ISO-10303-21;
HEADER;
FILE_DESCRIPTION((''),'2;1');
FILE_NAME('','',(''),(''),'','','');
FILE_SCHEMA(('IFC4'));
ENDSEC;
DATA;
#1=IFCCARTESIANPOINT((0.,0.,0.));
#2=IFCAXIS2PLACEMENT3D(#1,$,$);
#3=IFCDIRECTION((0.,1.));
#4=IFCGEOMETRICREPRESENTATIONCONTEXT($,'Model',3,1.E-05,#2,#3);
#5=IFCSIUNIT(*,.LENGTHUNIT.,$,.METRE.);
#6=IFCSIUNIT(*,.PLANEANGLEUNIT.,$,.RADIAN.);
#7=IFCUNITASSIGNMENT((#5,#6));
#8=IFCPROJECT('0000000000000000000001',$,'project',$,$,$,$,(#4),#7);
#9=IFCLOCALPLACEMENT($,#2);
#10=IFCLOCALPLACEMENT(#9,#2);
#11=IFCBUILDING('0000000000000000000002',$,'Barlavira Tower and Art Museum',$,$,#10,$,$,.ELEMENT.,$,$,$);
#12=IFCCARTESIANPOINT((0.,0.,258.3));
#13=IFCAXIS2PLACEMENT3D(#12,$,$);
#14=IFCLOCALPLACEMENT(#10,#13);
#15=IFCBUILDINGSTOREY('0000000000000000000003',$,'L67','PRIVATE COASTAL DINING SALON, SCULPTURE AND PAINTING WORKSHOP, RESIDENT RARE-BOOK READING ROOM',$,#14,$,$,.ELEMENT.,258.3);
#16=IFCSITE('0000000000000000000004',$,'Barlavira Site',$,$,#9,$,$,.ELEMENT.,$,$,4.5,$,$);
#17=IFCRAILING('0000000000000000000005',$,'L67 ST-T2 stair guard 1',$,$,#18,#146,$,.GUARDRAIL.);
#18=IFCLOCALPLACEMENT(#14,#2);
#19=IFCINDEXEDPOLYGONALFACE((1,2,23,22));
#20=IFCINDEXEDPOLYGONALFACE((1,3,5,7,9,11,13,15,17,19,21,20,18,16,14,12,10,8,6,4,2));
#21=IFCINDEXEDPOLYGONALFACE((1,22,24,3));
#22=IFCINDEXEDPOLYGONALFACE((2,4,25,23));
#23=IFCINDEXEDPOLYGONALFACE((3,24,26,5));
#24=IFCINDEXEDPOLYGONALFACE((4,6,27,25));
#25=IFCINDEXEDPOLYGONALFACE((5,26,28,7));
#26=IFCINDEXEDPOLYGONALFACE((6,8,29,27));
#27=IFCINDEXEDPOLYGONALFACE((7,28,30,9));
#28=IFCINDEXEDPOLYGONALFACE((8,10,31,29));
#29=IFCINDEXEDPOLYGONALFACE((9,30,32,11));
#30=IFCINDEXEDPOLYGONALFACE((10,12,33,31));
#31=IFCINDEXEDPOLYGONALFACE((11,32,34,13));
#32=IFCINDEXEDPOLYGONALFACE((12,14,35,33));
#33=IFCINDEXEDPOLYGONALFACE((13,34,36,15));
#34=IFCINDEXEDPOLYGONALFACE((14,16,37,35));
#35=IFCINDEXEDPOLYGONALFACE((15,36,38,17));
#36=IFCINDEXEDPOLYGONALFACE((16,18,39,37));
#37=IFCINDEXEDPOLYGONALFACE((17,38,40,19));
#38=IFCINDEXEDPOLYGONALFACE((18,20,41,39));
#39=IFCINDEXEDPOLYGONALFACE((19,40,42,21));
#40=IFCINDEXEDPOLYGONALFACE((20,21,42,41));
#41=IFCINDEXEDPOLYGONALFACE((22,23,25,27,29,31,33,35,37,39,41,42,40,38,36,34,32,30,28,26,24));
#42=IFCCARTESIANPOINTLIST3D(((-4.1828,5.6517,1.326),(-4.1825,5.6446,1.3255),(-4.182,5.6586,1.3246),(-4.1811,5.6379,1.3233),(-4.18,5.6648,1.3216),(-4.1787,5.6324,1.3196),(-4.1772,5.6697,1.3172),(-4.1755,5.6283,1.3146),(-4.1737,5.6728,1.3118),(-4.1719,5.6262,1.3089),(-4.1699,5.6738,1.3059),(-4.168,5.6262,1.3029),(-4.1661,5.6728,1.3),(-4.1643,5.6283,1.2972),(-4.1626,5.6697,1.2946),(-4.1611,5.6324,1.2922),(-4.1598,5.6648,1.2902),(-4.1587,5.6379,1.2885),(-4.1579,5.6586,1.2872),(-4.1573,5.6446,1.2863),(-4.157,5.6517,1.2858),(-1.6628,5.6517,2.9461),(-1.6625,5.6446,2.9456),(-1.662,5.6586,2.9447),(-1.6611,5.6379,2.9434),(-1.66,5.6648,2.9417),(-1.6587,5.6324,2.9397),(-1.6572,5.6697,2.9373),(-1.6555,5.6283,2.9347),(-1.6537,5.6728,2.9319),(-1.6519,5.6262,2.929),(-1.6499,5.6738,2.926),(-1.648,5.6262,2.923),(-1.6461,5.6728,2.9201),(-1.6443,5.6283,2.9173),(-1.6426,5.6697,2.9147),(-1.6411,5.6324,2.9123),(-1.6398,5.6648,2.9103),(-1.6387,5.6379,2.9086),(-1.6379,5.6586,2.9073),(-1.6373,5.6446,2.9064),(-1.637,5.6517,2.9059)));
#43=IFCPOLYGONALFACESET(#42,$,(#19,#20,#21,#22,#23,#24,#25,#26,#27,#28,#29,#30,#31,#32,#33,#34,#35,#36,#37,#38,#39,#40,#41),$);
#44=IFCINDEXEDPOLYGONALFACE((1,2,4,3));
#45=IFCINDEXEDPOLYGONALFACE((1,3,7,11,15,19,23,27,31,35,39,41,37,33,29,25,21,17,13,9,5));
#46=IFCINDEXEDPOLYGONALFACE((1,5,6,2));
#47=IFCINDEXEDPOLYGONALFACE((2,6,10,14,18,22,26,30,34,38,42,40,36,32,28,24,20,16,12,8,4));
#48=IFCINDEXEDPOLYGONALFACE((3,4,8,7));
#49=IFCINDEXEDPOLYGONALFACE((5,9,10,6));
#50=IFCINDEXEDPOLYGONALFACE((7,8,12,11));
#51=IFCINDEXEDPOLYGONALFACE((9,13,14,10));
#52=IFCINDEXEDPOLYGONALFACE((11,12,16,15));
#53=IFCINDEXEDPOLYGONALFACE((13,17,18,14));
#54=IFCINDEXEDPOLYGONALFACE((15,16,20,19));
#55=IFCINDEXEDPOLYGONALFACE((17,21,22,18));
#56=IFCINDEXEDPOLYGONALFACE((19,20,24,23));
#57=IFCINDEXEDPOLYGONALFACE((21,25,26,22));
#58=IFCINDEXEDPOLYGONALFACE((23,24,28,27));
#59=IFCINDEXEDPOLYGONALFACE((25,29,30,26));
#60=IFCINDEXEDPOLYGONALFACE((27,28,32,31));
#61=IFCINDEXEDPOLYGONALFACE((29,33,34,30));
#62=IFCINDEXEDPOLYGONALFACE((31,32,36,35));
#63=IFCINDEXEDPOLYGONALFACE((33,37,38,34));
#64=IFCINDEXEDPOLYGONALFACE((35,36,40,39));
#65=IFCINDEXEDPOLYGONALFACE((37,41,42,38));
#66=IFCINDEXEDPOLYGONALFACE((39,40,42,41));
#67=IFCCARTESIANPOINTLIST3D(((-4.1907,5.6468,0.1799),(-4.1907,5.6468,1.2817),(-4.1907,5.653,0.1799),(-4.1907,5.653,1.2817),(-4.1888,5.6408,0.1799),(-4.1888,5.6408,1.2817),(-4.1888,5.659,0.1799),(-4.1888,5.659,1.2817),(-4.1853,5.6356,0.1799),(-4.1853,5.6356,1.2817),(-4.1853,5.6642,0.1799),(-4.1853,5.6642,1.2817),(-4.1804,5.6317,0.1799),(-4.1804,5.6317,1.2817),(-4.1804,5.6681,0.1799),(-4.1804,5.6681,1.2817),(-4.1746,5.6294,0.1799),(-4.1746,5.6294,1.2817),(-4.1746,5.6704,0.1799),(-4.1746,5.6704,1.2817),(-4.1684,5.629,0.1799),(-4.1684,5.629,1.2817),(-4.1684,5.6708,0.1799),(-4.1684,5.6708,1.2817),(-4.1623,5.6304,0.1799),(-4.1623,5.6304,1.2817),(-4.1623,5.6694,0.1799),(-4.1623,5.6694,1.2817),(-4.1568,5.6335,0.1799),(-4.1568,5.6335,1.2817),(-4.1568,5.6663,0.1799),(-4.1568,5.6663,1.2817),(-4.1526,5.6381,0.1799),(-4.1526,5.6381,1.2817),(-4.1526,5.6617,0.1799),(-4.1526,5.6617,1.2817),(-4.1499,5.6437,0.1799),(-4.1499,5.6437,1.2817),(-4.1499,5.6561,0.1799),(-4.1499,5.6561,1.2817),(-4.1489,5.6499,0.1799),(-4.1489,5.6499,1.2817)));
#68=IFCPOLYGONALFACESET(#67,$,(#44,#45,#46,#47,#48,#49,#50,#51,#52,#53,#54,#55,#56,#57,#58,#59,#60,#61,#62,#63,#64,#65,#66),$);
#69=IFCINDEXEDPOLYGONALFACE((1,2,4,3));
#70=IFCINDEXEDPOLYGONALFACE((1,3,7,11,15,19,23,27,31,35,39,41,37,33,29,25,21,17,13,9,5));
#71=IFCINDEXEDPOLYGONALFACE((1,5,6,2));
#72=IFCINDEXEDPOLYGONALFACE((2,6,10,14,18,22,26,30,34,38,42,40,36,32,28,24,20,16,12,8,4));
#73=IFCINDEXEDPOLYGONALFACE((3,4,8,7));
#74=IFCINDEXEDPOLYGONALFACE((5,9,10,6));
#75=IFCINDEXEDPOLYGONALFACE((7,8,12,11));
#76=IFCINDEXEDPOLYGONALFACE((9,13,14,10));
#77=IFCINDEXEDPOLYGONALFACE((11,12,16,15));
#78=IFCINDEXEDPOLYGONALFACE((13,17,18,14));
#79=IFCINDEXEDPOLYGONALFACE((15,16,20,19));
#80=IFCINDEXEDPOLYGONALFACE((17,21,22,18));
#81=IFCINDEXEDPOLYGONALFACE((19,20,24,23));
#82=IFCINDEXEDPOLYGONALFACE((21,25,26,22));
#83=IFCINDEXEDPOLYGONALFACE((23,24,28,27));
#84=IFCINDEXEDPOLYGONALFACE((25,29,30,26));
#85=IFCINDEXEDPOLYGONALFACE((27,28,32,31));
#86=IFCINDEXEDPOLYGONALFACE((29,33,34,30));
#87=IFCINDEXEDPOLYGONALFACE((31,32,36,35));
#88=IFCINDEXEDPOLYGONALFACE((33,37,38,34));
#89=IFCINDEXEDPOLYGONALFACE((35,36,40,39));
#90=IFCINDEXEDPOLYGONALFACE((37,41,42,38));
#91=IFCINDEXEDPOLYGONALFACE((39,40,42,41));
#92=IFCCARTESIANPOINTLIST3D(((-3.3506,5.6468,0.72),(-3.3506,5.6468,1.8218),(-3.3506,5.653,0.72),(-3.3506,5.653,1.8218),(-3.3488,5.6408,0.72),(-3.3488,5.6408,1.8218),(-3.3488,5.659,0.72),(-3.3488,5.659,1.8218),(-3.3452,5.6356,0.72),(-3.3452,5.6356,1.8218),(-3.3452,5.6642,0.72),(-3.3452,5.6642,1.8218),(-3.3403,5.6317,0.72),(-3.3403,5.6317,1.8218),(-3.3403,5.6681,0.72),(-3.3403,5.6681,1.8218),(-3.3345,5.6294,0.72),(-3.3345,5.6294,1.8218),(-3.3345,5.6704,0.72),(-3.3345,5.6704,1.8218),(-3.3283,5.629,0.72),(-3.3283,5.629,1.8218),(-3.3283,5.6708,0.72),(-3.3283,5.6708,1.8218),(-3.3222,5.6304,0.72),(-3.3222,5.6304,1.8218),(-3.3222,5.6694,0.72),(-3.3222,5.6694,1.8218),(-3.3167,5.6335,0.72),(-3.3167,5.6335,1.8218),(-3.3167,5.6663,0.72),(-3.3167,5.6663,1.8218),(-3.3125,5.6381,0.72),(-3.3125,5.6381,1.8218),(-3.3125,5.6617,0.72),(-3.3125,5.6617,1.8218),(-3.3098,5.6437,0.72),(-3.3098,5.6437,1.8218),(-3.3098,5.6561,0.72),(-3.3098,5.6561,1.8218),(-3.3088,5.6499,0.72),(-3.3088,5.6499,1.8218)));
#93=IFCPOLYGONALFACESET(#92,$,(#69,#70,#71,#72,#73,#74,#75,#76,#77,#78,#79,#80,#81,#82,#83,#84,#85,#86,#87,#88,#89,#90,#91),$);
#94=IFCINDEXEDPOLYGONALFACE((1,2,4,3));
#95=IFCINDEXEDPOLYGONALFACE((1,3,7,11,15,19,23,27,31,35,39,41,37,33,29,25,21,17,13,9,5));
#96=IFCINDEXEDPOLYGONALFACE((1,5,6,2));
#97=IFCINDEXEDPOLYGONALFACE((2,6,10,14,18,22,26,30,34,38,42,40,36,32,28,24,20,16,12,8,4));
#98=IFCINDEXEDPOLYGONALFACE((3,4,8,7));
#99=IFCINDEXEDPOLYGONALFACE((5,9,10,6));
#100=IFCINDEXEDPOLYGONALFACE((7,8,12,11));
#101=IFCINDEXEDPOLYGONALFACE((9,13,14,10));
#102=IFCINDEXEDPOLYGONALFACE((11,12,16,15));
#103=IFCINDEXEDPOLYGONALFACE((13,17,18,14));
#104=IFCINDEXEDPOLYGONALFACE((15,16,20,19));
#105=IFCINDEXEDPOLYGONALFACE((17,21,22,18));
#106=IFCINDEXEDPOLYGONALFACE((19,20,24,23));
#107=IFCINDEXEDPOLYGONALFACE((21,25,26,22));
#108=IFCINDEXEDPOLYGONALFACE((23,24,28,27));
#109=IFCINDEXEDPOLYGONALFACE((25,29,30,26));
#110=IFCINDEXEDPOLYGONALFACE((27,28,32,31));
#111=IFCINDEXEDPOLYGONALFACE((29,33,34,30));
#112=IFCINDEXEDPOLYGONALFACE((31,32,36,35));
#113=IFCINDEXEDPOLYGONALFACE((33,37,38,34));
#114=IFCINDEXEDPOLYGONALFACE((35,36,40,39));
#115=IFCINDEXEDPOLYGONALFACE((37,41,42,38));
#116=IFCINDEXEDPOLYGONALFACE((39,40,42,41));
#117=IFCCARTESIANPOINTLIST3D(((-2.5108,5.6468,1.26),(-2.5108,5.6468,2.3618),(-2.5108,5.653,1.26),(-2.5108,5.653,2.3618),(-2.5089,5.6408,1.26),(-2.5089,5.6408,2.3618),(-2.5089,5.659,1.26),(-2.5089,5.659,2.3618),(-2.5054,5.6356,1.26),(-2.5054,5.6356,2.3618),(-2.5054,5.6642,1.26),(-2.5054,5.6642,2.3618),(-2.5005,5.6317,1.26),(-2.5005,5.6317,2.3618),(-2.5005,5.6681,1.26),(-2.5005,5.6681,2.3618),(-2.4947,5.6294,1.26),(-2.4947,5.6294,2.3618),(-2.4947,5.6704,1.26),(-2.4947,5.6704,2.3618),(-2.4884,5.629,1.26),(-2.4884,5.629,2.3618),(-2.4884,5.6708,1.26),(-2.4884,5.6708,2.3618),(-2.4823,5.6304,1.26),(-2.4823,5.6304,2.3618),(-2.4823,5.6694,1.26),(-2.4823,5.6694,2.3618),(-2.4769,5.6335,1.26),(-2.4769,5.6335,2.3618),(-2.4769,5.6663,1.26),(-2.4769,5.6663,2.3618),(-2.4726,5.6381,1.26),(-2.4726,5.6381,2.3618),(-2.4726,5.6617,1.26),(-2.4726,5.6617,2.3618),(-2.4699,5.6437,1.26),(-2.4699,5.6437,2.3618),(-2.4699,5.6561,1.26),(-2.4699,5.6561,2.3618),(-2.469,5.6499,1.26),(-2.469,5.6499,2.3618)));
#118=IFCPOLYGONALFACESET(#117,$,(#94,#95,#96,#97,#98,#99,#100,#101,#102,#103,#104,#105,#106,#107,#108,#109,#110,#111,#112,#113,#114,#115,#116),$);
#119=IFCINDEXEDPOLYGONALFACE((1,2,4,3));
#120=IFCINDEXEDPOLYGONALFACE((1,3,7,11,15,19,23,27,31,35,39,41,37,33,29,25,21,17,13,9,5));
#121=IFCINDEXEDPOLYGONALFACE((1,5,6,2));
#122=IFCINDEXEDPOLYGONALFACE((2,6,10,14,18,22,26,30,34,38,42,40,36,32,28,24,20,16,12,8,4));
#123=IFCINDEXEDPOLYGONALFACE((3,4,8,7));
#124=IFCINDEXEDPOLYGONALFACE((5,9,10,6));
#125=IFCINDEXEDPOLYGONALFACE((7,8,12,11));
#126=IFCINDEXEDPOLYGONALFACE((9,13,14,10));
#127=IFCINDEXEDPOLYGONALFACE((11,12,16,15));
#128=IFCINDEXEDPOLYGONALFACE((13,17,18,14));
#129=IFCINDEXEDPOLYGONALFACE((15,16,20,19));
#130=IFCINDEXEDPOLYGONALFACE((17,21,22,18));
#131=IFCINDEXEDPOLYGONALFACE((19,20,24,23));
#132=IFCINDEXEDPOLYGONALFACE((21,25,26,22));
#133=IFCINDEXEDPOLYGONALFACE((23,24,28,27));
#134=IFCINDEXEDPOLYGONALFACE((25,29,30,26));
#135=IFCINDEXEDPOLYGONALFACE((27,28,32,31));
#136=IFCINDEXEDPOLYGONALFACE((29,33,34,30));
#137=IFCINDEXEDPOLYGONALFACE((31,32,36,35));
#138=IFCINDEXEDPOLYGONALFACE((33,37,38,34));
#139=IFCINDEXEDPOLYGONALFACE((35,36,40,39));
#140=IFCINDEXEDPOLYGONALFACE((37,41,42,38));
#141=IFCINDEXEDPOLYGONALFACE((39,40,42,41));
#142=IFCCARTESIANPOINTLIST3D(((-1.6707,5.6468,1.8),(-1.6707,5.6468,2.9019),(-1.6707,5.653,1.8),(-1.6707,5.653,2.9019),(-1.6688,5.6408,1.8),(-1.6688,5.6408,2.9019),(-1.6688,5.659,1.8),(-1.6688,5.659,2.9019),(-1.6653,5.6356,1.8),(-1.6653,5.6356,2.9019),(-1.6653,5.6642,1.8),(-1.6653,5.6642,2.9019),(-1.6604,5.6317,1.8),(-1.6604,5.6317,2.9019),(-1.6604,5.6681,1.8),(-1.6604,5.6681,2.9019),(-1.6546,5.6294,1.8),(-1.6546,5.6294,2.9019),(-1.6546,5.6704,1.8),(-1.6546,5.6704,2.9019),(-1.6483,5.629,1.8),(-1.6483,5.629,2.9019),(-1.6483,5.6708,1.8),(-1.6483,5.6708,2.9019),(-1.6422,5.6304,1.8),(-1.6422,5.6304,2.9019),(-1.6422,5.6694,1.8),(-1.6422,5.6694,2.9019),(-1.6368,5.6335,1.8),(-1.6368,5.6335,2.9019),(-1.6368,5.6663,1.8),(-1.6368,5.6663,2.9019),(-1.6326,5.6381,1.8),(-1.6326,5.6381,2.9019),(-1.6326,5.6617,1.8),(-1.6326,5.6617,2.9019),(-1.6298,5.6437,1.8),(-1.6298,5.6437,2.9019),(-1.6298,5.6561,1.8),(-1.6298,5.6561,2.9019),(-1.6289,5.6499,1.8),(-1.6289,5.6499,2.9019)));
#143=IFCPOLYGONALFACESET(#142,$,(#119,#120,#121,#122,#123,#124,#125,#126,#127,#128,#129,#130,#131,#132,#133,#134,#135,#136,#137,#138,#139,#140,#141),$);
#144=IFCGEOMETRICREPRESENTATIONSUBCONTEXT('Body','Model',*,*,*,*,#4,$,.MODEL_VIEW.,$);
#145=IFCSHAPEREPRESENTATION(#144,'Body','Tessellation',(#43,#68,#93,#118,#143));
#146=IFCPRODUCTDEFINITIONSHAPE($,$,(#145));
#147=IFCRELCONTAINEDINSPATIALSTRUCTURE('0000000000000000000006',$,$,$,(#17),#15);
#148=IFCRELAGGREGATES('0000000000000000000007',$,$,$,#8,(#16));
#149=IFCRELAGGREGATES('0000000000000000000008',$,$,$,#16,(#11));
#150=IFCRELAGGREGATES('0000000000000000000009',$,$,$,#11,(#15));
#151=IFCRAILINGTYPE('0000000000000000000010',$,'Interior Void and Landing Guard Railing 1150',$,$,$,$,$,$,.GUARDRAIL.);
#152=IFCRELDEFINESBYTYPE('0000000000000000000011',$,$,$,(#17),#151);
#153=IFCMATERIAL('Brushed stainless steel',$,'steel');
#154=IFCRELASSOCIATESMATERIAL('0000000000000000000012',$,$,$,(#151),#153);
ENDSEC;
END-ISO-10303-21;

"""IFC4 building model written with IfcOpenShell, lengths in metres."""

from ifc_helpers import new_model, si_unit, direction, frame, origin, origin_2d, place, context, subcontext, project, spatial, circle, extrude, material, type_object, element, save


model = new_model("IFC4")

# Units and contexts
model_context = context("Model", 3, precision=1e-05, world=origin(), true_north=direction((0.0, 1.0)))
body_context = subcontext(model_context, "Body", "Model", "MODEL_VIEW")
ifc_project = project(units=[si_unit("LENGTHUNIT", "METRE"), si_unit("PLANEANGLEUNIT", "RADIAN")], contexts=[model_context])

# Site, building, storey
site_placement = place(None, origin())
site = spatial("IfcSite", under=ifc_project, at=site_placement, Name="Barlavira Site", CompositionType="ELEMENT", RefElevation=4.5)
building_placement = place(site_placement, origin())
building = spatial("IfcBuilding", under=site, at=building_placement, Name="Barlavira Tower and Art Museum", CompositionType="ELEMENT")
storey_placement = place(building_placement, frame((0.0, 0.0, 258.3)))
storey = spatial("IfcBuildingStorey", under=building, at=storey_placement, Name="L67", Description="PRIVATE COASTAL DINING SALON, SCULPTURE AND PAINTING WORKSHOP, RESIDENT RARE-BOOK READING ROOM", CompositionType="ELEMENT", Elevation=258.3)

# Shared definitions
ifc_material_1 = material(Name="Brushed stainless steel", Category="steel")

# Railing
railing_type_1 = type_object("IfcRailingType", Name="Interior Void and Landing Guard Railing 1150", PredefinedType="GUARDRAIL", material=ifc_material_1)
railing_1_placement = place(storey_placement, frame((-4.1699, 5.6499, 0.1799)))
element("IfcRailing", 1, at=railing_1_placement, inside=storey, type_object=railing_type_1, Name="L67 ST-T2 stair guard 1", PredefinedType="GUARDRAIL", context=body_context, shape_type="SweptSolid", body=[
    extrude(circle(Radius=0.0239, at=origin_2d()), frame((0.0, 0.0, 1.126), z_axis=(0.841163, 0.0, 0.540782), x_axis=(0.0, 1.0, 0.0)), (0.0, 0.0, 1.0), 2.9958),
    extrude(circle(Radius=0.021, at=origin_2d()), origin(), (0.0, 0.0, 1.0), 1.1018),
    extrude(circle(Radius=0.021, at=origin_2d()), frame((0.8401, 0.0, 0.54)), (0.0, 0.0, 1.0), 1.1018),
    extrude(circle(Radius=0.021, at=origin_2d()), frame((1.6799, 0.0, 1.0801)), (0.0, 0.0, 1.0), 1.1018),
    extrude(circle(Radius=0.021, at=origin_2d()), frame((2.52, 0.0, 1.6201)), (0.0, 0.0, 1.0), 1.1018),
])

save(model, "model.ifc")
